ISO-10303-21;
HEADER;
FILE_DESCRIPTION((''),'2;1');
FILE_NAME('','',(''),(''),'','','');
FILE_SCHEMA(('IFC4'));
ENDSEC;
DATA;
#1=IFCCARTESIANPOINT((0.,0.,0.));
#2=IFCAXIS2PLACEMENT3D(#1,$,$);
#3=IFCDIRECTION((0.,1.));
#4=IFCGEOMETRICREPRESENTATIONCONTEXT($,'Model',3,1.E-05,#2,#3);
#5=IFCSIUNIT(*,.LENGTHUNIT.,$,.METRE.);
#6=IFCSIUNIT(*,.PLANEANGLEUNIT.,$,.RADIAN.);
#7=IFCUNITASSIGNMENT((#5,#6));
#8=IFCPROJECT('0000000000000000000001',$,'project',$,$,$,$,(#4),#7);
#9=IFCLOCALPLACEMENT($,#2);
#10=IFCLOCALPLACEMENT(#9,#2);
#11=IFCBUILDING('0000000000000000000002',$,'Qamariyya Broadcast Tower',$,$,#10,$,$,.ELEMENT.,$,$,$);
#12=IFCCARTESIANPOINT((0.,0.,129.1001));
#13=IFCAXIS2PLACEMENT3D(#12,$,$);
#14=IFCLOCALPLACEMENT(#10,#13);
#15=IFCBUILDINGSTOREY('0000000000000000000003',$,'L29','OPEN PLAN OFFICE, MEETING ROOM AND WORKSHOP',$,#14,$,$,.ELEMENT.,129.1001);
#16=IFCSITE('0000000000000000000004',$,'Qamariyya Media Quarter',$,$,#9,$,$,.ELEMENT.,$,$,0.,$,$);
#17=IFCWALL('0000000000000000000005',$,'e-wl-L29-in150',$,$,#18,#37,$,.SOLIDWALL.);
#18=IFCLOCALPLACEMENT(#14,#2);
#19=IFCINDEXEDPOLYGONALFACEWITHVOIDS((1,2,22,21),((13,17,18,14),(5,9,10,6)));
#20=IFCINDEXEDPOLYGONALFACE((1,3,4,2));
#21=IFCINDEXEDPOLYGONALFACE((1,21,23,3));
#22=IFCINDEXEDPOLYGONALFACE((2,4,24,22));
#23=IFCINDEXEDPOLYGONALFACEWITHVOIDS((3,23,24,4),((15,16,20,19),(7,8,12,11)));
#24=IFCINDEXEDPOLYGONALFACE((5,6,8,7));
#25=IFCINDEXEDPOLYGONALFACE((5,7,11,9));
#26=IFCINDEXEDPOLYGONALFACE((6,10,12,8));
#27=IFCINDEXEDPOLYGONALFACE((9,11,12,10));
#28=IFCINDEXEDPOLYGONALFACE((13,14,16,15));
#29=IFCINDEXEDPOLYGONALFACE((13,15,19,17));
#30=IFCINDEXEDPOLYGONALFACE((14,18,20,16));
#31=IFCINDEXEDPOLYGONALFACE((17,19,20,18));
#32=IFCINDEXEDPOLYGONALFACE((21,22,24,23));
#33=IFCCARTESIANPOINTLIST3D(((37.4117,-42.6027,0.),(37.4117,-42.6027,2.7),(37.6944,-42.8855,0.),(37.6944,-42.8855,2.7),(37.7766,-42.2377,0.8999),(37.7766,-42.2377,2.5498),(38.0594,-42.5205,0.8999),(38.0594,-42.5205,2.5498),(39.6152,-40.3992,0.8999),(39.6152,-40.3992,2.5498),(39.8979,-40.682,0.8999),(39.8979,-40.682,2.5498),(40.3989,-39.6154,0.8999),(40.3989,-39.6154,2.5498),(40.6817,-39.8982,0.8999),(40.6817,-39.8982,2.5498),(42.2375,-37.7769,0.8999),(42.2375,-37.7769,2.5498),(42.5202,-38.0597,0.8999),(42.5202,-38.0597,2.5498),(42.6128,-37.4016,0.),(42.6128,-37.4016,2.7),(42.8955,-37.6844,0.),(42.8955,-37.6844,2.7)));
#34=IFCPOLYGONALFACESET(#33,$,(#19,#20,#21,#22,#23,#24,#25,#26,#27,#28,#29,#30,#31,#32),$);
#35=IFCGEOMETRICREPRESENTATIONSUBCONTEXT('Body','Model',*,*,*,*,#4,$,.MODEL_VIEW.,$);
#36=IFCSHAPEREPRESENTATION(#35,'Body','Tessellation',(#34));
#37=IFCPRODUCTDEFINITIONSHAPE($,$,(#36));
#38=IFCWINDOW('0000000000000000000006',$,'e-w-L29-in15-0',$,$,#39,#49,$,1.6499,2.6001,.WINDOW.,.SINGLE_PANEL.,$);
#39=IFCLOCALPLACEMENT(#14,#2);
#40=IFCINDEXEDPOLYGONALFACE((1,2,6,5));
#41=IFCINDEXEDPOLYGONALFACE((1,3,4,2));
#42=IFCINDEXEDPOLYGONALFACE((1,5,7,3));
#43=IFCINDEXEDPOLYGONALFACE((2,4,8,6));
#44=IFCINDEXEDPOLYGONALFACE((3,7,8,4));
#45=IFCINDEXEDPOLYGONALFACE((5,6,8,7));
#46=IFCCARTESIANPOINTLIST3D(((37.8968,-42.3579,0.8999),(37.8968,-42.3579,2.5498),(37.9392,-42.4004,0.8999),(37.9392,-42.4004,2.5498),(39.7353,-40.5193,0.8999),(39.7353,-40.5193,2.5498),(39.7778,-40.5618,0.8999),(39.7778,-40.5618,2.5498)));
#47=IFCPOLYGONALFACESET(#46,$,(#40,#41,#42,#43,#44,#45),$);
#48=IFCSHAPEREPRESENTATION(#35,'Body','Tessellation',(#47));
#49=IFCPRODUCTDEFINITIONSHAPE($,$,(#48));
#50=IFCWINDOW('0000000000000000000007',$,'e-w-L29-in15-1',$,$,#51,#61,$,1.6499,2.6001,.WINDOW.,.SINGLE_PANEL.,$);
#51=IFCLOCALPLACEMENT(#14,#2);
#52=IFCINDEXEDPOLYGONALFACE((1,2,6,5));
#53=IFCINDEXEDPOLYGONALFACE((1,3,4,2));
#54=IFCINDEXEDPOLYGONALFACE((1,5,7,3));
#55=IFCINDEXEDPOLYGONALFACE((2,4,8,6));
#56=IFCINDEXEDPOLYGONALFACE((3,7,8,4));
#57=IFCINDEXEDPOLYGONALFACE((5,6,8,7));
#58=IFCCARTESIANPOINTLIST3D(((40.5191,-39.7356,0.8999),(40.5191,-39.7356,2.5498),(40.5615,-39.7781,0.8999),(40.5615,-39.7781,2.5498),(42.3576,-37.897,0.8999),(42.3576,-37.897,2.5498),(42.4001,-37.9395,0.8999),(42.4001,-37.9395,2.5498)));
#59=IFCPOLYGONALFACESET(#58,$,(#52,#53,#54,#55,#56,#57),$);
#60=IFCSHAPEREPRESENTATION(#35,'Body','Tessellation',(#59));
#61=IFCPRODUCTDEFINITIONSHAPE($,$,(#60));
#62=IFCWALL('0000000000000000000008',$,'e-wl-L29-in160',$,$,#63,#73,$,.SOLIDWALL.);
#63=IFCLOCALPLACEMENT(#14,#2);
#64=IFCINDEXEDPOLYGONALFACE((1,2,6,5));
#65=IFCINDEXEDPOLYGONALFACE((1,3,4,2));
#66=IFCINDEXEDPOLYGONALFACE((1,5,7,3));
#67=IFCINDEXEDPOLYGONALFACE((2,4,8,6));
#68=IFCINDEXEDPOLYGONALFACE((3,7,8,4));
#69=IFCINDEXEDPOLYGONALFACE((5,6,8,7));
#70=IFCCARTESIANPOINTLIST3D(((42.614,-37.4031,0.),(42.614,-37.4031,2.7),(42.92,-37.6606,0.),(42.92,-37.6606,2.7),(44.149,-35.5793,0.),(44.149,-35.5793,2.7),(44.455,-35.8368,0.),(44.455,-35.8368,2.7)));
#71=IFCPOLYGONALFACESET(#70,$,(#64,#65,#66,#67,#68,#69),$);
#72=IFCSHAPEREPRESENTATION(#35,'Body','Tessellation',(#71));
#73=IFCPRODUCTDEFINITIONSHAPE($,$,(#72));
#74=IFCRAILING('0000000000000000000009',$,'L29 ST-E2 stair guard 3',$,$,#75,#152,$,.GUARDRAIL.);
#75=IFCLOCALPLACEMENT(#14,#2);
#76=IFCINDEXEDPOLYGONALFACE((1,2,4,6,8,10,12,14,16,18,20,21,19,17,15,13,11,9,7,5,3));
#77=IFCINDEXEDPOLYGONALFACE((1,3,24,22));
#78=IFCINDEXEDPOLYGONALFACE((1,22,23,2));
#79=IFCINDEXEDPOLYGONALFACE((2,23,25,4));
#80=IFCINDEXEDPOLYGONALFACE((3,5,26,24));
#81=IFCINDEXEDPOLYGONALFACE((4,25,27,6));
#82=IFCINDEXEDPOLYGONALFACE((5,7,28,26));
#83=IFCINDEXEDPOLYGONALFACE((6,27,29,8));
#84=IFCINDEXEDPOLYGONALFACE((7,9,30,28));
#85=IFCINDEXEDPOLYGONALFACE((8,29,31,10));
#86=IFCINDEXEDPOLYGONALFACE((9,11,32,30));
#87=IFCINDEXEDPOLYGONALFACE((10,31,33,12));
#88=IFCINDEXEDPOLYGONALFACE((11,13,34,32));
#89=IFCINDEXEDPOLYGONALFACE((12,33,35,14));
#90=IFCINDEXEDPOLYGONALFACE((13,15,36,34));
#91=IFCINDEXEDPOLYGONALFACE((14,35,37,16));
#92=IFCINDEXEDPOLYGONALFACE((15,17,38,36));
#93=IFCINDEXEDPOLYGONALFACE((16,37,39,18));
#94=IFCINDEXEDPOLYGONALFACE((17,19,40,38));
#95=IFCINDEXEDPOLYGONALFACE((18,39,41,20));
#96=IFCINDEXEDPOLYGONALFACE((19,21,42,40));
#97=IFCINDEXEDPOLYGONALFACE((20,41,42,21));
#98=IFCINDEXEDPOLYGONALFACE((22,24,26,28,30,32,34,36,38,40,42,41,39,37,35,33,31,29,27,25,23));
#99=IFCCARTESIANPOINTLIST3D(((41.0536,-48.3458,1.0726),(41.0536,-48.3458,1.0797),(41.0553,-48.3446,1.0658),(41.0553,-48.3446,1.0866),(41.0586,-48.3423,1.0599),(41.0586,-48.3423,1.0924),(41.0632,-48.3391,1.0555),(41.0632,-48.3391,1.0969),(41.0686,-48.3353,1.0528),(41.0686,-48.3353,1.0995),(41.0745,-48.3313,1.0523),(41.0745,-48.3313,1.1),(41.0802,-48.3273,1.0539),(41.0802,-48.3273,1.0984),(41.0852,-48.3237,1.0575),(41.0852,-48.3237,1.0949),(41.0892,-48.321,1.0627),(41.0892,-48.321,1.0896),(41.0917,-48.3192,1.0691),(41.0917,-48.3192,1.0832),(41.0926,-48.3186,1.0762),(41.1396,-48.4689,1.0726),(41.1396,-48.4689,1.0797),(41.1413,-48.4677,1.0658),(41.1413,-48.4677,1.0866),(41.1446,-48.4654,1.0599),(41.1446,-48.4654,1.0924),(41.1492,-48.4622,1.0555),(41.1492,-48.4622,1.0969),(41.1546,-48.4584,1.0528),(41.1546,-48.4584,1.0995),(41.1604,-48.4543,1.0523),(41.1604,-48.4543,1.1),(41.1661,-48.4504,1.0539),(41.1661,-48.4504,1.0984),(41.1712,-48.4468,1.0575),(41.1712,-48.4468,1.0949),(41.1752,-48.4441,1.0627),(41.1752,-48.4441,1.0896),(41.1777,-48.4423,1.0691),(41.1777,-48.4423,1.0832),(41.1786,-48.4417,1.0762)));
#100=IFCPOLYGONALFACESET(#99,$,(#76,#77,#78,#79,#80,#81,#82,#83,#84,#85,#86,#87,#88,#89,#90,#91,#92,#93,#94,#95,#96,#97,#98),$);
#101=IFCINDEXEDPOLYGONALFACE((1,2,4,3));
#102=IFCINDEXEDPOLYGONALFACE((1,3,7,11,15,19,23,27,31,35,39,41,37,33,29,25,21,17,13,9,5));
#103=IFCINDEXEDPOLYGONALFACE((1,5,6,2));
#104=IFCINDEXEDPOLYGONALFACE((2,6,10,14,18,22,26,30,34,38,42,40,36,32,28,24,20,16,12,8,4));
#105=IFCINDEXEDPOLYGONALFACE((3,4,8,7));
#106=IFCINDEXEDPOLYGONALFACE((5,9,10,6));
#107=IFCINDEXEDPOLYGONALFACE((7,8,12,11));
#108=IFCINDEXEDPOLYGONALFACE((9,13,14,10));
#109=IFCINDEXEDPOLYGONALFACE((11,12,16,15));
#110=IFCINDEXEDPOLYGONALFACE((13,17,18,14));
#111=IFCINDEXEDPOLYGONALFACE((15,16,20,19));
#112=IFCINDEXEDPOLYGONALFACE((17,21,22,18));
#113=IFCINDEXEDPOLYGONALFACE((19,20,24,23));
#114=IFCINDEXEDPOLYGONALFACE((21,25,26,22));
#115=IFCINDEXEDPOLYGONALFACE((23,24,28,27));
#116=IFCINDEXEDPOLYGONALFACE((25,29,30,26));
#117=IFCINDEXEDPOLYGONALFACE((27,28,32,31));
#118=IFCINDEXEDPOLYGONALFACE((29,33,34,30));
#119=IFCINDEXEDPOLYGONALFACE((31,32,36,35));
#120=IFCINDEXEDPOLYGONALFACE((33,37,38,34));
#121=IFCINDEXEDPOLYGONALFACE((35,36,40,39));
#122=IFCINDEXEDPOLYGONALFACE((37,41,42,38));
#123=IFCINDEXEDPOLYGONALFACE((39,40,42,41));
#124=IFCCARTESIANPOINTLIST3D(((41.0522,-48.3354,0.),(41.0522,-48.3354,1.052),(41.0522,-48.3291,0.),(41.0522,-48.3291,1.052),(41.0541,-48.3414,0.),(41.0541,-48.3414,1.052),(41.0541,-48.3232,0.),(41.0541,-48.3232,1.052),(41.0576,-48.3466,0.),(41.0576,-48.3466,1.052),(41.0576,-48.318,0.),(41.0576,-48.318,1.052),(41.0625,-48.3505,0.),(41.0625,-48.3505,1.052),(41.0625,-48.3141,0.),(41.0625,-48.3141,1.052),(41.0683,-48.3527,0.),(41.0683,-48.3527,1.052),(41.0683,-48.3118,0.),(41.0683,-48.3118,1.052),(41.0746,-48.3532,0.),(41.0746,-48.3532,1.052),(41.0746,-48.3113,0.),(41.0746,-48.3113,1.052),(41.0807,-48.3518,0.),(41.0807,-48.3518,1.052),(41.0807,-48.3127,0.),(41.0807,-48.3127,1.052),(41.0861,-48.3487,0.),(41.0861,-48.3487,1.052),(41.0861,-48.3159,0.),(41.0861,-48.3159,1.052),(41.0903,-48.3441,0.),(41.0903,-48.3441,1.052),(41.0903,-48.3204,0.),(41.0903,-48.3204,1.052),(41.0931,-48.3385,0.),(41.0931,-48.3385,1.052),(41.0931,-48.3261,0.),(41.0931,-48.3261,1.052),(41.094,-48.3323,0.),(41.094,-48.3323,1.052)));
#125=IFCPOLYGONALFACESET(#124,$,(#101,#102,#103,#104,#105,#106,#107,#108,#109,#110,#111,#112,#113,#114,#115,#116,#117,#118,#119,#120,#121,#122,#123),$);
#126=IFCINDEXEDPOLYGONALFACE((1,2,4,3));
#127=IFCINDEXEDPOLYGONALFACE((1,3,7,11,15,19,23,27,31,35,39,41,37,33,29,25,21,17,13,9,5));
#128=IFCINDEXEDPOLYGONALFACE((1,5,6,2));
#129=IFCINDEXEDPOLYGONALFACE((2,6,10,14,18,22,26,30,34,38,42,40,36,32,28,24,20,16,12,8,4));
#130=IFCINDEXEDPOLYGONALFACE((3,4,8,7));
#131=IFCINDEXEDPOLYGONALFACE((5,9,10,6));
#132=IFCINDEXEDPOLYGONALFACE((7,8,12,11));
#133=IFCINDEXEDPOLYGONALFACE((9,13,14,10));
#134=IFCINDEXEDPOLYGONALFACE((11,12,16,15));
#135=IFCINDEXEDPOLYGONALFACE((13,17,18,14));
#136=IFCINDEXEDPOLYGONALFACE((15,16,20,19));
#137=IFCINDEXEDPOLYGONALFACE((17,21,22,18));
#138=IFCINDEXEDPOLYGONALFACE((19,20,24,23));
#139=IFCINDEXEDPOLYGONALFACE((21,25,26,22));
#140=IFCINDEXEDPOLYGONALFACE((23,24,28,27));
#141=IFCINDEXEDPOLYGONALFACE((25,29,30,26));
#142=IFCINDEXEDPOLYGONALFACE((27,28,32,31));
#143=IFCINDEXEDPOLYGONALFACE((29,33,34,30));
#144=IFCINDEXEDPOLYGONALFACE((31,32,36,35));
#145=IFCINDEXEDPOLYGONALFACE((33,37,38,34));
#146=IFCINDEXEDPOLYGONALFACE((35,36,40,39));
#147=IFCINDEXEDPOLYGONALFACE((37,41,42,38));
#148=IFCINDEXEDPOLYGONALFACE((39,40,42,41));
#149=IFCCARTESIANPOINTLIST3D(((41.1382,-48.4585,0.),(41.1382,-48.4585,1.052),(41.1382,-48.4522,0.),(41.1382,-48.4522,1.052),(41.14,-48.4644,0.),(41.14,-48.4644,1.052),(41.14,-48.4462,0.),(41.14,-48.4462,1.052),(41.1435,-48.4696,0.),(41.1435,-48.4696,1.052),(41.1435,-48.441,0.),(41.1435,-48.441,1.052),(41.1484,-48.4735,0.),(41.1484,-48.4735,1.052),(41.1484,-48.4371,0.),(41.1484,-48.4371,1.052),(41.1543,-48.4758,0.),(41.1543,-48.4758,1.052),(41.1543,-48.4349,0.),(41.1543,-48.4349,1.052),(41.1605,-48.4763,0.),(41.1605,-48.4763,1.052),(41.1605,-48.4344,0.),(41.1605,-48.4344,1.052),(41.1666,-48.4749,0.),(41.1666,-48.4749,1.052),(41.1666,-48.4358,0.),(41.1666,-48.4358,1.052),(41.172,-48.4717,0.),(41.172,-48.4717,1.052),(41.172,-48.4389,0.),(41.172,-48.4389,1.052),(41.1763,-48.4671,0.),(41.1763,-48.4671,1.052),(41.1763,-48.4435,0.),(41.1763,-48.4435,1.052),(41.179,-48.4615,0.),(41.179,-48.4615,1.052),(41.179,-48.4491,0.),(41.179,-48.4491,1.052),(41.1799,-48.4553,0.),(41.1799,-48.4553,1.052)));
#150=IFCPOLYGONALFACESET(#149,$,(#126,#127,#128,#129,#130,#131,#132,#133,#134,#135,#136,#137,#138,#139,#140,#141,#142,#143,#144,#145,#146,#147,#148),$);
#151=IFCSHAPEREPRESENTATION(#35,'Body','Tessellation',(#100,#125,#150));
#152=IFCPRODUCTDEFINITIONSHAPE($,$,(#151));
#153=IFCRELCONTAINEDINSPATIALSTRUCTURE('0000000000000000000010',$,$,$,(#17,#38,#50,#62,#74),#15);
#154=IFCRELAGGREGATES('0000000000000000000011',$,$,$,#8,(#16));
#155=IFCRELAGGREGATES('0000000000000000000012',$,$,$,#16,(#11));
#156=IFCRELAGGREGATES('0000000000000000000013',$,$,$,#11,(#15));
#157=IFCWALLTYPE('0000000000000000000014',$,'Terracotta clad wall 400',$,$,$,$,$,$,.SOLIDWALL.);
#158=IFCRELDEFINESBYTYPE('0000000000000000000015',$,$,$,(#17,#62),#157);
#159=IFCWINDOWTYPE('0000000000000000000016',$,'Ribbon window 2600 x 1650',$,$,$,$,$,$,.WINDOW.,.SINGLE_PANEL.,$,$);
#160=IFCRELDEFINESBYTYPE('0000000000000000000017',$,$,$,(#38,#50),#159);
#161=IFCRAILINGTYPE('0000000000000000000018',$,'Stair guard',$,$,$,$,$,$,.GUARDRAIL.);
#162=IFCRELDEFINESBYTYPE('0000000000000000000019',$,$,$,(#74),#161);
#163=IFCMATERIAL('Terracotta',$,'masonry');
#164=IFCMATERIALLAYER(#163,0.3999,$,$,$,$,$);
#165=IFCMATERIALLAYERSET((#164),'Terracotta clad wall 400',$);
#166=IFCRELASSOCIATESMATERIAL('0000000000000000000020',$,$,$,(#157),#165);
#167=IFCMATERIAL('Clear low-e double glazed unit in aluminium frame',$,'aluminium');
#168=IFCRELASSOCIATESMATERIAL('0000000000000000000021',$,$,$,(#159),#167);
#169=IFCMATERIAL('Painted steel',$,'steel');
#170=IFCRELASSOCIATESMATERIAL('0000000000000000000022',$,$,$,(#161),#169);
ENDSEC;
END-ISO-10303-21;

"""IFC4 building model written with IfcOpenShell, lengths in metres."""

from ifc_helpers import new_model, si_unit, direction, frame, frame_2d, origin, origin_2d, place, context, subcontext, project, spatial, rectangle, circle, extrude, material, layer, layer_set, type_object, element, fill, save


model = new_model("IFC4")

# Units and contexts
model_context = context("Model", 3, precision=1e-05, world=origin(), true_north=direction((0.0, 1.0)))
body_context = subcontext(model_context, "Body", "Model", "MODEL_VIEW")
ifc_project = project(units=[si_unit("LENGTHUNIT", "METRE"), si_unit("PLANEANGLEUNIT", "RADIAN")], contexts=[model_context])

# Site, building, storey
site_placement = place(None, origin())
site = spatial("IfcSite", under=ifc_project, at=site_placement, Name="Qamariyya Media Quarter", CompositionType="ELEMENT", RefElevation=0.0)
building_placement = place(site_placement, origin())
building = spatial("IfcBuilding", under=site, at=building_placement, Name="Qamariyya Broadcast Tower", CompositionType="ELEMENT")
storey_placement = place(building_placement, frame((0.0, 0.0, 129.1001)))
storey = spatial("IfcBuildingStorey", under=building, at=storey_placement, Name="L29", Description="OPEN PLAN OFFICE, MEETING ROOM AND WORKSHOP", CompositionType="ELEMENT", Elevation=129.1001)

# Shared definitions
ifc_material_1 = material(Name="Terracotta", Category="masonry")
ifc_layer = layer(ifc_material_1, 0.3999)
ifc_layer_set = layer_set([ifc_layer], Name="Terracotta clad wall 400")
wall_type = type_object("IfcWallType", Name="Terracotta clad wall 400", PredefinedType="SOLIDWALL", material=ifc_layer_set)
ifc_material_2 = material(Name="Clear low-e double glazed unit in aluminium frame", Category="aluminium")

# Wall, openings, windows
wall_1_placement = place(storey_placement, frame((42.7542, -37.543, 0.0), z_axis=(0.0, 0.0, 1.0), x_axis=(-0.707107, -0.707107, 0.0)))
wall_1 = element("IfcWall", 1, at=wall_1_placement, inside=storey, type_object=wall_type, Name="e-wl-L29-in150", PredefinedType="SOLIDWALL", context=body_context, shape_type="SweptSolid", body=[
    extrude(rectangle(XDim=7.3555, YDim=0.3999, at=frame_2d((3.6777, 0.0))), origin(), (0.0, 0.0, 1.0), 2.7),
])
opening_1_placement = place(wall_1_placement, frame((4.2393, 0.0, 0.8999)))
opening_1 = element("IfcOpeningElement", 2, at=opening_1_placement, cuts=wall_1, PredefinedType="OPENING", context=body_context, shape_type="SweptSolid", body=[
    extrude(rectangle(XDim=2.6001, YDim=1.6499, at=frame_2d((1.3, 0.825))), frame((0.0, 0.21, 0.0), z_axis=(0.0, -1.0, 0.0), x_axis=(1.0, 0.0, 0.0)), (0.0, 0.0, 1.0), 0.4199),
])
opening_2_placement = place(wall_1_placement, frame((0.5308, 0.0, 0.8999)))
opening_2 = element("IfcOpeningElement", 3, at=opening_2_placement, cuts=wall_1, PredefinedType="OPENING", context=body_context, shape_type="SweptSolid", body=[
    extrude(rectangle(XDim=2.6001, YDim=1.6499, at=frame_2d((1.3, 0.825))), frame((0.0, 0.21, 0.0), z_axis=(0.0, -1.0, 0.0), x_axis=(1.0, 0.0, 0.0)), (0.0, 0.0, 1.0), 0.4199),
])
window_type_1 = type_object("IfcWindowType", Name="Ribbon window 2600 x 1650", PartitioningType="SINGLE_PANEL", PredefinedType="WINDOW", material=ifc_material_2)
window_1_placement = place(opening_1_placement, origin())
window_1 = element("IfcWindow", 4, at=window_1_placement, inside=storey, type_object=window_type_1, Name="e-w-L29-in15-0", OverallHeight=1.6499, OverallWidth=2.6001, PartitioningType="SINGLE_PANEL", PredefinedType="WINDOW", context=body_context, shape_type="SweptSolid", body=[
    extrude(rectangle(XDim=2.6001, YDim=1.6499, at=frame_2d((1.3, 0.825))), frame((0.0, 0.03, 0.0), z_axis=(0.0, -1.0, 0.0), x_axis=(1.0, 0.0, 0.0)), (0.0, 0.0, 1.0), 0.0601),
])
fill(opening_1, window_1)
window_2_placement = place(opening_2_placement, origin())
window_2 = element("IfcWindow", 5, at=window_2_placement, inside=storey, type_object=window_type_1, Name="e-w-L29-in15-1", OverallHeight=1.6499, OverallWidth=2.6001, PartitioningType="SINGLE_PANEL", PredefinedType="WINDOW", context=body_context, shape_type="SweptSolid", body=[
    extrude(rectangle(XDim=2.6001, YDim=1.6499, at=frame_2d((1.3, 0.825))), frame((0.0, 0.03, 0.0), z_axis=(0.0, -1.0, 0.0), x_axis=(1.0, 0.0, 0.0)), (0.0, 0.0, 1.0), 0.0601),
])
fill(opening_2, window_2)

# Wall
wall_2_placement = place(storey_placement, frame((44.302, -35.708, 0.0), z_axis=(0.0, 0.0, 1.0), x_axis=(-0.643924, -0.765089, 0.0)))
element("IfcWall", 6, at=wall_2_placement, inside=storey, type_object=wall_type, Name="e-wl-L29-in160", PredefinedType="SOLIDWALL", context=body_context, shape_type="SweptSolid", body=[
    extrude(rectangle(XDim=2.3838, YDim=0.3999, at=frame_2d((1.1919, 0.0))), origin(), (0.0, 0.0, 1.0), 2.7),
])

# Railing
ifc_material_3 = material(Name="Painted steel", Category="steel")
railing_type = type_object("IfcRailingType", Name="Stair guard", PredefinedType="GUARDRAIL", material=ifc_material_3)
railing_placement = place(storey_placement, frame((41.073, -48.3323, 0.0)))
element("IfcRailing", 7, at=railing_placement, inside=storey, type_object=railing_type, Name="L29 ST-E2 stair guard 3", PredefinedType="GUARDRAIL", context=body_context, shape_type="SweptSolid", body=[
    extrude(circle(Radius=0.0239, at=origin_2d()), frame((0.0, 0.0, 1.0762), z_axis=(0.572589, -0.819843, 0.0), x_axis=(0.819843, 0.572589, 0.0)), (0.0, 0.0, 1.0), 0.1501),
    extrude(circle(Radius=0.021, at=origin_2d()), origin(), (0.0, 0.0, 1.0), 1.052),
    extrude(circle(Radius=0.021, at=origin_2d()), frame((0.0859, -0.123, 0.0)), (0.0, 0.0, 1.0), 1.052),
])

save(model, "model.ifc")
